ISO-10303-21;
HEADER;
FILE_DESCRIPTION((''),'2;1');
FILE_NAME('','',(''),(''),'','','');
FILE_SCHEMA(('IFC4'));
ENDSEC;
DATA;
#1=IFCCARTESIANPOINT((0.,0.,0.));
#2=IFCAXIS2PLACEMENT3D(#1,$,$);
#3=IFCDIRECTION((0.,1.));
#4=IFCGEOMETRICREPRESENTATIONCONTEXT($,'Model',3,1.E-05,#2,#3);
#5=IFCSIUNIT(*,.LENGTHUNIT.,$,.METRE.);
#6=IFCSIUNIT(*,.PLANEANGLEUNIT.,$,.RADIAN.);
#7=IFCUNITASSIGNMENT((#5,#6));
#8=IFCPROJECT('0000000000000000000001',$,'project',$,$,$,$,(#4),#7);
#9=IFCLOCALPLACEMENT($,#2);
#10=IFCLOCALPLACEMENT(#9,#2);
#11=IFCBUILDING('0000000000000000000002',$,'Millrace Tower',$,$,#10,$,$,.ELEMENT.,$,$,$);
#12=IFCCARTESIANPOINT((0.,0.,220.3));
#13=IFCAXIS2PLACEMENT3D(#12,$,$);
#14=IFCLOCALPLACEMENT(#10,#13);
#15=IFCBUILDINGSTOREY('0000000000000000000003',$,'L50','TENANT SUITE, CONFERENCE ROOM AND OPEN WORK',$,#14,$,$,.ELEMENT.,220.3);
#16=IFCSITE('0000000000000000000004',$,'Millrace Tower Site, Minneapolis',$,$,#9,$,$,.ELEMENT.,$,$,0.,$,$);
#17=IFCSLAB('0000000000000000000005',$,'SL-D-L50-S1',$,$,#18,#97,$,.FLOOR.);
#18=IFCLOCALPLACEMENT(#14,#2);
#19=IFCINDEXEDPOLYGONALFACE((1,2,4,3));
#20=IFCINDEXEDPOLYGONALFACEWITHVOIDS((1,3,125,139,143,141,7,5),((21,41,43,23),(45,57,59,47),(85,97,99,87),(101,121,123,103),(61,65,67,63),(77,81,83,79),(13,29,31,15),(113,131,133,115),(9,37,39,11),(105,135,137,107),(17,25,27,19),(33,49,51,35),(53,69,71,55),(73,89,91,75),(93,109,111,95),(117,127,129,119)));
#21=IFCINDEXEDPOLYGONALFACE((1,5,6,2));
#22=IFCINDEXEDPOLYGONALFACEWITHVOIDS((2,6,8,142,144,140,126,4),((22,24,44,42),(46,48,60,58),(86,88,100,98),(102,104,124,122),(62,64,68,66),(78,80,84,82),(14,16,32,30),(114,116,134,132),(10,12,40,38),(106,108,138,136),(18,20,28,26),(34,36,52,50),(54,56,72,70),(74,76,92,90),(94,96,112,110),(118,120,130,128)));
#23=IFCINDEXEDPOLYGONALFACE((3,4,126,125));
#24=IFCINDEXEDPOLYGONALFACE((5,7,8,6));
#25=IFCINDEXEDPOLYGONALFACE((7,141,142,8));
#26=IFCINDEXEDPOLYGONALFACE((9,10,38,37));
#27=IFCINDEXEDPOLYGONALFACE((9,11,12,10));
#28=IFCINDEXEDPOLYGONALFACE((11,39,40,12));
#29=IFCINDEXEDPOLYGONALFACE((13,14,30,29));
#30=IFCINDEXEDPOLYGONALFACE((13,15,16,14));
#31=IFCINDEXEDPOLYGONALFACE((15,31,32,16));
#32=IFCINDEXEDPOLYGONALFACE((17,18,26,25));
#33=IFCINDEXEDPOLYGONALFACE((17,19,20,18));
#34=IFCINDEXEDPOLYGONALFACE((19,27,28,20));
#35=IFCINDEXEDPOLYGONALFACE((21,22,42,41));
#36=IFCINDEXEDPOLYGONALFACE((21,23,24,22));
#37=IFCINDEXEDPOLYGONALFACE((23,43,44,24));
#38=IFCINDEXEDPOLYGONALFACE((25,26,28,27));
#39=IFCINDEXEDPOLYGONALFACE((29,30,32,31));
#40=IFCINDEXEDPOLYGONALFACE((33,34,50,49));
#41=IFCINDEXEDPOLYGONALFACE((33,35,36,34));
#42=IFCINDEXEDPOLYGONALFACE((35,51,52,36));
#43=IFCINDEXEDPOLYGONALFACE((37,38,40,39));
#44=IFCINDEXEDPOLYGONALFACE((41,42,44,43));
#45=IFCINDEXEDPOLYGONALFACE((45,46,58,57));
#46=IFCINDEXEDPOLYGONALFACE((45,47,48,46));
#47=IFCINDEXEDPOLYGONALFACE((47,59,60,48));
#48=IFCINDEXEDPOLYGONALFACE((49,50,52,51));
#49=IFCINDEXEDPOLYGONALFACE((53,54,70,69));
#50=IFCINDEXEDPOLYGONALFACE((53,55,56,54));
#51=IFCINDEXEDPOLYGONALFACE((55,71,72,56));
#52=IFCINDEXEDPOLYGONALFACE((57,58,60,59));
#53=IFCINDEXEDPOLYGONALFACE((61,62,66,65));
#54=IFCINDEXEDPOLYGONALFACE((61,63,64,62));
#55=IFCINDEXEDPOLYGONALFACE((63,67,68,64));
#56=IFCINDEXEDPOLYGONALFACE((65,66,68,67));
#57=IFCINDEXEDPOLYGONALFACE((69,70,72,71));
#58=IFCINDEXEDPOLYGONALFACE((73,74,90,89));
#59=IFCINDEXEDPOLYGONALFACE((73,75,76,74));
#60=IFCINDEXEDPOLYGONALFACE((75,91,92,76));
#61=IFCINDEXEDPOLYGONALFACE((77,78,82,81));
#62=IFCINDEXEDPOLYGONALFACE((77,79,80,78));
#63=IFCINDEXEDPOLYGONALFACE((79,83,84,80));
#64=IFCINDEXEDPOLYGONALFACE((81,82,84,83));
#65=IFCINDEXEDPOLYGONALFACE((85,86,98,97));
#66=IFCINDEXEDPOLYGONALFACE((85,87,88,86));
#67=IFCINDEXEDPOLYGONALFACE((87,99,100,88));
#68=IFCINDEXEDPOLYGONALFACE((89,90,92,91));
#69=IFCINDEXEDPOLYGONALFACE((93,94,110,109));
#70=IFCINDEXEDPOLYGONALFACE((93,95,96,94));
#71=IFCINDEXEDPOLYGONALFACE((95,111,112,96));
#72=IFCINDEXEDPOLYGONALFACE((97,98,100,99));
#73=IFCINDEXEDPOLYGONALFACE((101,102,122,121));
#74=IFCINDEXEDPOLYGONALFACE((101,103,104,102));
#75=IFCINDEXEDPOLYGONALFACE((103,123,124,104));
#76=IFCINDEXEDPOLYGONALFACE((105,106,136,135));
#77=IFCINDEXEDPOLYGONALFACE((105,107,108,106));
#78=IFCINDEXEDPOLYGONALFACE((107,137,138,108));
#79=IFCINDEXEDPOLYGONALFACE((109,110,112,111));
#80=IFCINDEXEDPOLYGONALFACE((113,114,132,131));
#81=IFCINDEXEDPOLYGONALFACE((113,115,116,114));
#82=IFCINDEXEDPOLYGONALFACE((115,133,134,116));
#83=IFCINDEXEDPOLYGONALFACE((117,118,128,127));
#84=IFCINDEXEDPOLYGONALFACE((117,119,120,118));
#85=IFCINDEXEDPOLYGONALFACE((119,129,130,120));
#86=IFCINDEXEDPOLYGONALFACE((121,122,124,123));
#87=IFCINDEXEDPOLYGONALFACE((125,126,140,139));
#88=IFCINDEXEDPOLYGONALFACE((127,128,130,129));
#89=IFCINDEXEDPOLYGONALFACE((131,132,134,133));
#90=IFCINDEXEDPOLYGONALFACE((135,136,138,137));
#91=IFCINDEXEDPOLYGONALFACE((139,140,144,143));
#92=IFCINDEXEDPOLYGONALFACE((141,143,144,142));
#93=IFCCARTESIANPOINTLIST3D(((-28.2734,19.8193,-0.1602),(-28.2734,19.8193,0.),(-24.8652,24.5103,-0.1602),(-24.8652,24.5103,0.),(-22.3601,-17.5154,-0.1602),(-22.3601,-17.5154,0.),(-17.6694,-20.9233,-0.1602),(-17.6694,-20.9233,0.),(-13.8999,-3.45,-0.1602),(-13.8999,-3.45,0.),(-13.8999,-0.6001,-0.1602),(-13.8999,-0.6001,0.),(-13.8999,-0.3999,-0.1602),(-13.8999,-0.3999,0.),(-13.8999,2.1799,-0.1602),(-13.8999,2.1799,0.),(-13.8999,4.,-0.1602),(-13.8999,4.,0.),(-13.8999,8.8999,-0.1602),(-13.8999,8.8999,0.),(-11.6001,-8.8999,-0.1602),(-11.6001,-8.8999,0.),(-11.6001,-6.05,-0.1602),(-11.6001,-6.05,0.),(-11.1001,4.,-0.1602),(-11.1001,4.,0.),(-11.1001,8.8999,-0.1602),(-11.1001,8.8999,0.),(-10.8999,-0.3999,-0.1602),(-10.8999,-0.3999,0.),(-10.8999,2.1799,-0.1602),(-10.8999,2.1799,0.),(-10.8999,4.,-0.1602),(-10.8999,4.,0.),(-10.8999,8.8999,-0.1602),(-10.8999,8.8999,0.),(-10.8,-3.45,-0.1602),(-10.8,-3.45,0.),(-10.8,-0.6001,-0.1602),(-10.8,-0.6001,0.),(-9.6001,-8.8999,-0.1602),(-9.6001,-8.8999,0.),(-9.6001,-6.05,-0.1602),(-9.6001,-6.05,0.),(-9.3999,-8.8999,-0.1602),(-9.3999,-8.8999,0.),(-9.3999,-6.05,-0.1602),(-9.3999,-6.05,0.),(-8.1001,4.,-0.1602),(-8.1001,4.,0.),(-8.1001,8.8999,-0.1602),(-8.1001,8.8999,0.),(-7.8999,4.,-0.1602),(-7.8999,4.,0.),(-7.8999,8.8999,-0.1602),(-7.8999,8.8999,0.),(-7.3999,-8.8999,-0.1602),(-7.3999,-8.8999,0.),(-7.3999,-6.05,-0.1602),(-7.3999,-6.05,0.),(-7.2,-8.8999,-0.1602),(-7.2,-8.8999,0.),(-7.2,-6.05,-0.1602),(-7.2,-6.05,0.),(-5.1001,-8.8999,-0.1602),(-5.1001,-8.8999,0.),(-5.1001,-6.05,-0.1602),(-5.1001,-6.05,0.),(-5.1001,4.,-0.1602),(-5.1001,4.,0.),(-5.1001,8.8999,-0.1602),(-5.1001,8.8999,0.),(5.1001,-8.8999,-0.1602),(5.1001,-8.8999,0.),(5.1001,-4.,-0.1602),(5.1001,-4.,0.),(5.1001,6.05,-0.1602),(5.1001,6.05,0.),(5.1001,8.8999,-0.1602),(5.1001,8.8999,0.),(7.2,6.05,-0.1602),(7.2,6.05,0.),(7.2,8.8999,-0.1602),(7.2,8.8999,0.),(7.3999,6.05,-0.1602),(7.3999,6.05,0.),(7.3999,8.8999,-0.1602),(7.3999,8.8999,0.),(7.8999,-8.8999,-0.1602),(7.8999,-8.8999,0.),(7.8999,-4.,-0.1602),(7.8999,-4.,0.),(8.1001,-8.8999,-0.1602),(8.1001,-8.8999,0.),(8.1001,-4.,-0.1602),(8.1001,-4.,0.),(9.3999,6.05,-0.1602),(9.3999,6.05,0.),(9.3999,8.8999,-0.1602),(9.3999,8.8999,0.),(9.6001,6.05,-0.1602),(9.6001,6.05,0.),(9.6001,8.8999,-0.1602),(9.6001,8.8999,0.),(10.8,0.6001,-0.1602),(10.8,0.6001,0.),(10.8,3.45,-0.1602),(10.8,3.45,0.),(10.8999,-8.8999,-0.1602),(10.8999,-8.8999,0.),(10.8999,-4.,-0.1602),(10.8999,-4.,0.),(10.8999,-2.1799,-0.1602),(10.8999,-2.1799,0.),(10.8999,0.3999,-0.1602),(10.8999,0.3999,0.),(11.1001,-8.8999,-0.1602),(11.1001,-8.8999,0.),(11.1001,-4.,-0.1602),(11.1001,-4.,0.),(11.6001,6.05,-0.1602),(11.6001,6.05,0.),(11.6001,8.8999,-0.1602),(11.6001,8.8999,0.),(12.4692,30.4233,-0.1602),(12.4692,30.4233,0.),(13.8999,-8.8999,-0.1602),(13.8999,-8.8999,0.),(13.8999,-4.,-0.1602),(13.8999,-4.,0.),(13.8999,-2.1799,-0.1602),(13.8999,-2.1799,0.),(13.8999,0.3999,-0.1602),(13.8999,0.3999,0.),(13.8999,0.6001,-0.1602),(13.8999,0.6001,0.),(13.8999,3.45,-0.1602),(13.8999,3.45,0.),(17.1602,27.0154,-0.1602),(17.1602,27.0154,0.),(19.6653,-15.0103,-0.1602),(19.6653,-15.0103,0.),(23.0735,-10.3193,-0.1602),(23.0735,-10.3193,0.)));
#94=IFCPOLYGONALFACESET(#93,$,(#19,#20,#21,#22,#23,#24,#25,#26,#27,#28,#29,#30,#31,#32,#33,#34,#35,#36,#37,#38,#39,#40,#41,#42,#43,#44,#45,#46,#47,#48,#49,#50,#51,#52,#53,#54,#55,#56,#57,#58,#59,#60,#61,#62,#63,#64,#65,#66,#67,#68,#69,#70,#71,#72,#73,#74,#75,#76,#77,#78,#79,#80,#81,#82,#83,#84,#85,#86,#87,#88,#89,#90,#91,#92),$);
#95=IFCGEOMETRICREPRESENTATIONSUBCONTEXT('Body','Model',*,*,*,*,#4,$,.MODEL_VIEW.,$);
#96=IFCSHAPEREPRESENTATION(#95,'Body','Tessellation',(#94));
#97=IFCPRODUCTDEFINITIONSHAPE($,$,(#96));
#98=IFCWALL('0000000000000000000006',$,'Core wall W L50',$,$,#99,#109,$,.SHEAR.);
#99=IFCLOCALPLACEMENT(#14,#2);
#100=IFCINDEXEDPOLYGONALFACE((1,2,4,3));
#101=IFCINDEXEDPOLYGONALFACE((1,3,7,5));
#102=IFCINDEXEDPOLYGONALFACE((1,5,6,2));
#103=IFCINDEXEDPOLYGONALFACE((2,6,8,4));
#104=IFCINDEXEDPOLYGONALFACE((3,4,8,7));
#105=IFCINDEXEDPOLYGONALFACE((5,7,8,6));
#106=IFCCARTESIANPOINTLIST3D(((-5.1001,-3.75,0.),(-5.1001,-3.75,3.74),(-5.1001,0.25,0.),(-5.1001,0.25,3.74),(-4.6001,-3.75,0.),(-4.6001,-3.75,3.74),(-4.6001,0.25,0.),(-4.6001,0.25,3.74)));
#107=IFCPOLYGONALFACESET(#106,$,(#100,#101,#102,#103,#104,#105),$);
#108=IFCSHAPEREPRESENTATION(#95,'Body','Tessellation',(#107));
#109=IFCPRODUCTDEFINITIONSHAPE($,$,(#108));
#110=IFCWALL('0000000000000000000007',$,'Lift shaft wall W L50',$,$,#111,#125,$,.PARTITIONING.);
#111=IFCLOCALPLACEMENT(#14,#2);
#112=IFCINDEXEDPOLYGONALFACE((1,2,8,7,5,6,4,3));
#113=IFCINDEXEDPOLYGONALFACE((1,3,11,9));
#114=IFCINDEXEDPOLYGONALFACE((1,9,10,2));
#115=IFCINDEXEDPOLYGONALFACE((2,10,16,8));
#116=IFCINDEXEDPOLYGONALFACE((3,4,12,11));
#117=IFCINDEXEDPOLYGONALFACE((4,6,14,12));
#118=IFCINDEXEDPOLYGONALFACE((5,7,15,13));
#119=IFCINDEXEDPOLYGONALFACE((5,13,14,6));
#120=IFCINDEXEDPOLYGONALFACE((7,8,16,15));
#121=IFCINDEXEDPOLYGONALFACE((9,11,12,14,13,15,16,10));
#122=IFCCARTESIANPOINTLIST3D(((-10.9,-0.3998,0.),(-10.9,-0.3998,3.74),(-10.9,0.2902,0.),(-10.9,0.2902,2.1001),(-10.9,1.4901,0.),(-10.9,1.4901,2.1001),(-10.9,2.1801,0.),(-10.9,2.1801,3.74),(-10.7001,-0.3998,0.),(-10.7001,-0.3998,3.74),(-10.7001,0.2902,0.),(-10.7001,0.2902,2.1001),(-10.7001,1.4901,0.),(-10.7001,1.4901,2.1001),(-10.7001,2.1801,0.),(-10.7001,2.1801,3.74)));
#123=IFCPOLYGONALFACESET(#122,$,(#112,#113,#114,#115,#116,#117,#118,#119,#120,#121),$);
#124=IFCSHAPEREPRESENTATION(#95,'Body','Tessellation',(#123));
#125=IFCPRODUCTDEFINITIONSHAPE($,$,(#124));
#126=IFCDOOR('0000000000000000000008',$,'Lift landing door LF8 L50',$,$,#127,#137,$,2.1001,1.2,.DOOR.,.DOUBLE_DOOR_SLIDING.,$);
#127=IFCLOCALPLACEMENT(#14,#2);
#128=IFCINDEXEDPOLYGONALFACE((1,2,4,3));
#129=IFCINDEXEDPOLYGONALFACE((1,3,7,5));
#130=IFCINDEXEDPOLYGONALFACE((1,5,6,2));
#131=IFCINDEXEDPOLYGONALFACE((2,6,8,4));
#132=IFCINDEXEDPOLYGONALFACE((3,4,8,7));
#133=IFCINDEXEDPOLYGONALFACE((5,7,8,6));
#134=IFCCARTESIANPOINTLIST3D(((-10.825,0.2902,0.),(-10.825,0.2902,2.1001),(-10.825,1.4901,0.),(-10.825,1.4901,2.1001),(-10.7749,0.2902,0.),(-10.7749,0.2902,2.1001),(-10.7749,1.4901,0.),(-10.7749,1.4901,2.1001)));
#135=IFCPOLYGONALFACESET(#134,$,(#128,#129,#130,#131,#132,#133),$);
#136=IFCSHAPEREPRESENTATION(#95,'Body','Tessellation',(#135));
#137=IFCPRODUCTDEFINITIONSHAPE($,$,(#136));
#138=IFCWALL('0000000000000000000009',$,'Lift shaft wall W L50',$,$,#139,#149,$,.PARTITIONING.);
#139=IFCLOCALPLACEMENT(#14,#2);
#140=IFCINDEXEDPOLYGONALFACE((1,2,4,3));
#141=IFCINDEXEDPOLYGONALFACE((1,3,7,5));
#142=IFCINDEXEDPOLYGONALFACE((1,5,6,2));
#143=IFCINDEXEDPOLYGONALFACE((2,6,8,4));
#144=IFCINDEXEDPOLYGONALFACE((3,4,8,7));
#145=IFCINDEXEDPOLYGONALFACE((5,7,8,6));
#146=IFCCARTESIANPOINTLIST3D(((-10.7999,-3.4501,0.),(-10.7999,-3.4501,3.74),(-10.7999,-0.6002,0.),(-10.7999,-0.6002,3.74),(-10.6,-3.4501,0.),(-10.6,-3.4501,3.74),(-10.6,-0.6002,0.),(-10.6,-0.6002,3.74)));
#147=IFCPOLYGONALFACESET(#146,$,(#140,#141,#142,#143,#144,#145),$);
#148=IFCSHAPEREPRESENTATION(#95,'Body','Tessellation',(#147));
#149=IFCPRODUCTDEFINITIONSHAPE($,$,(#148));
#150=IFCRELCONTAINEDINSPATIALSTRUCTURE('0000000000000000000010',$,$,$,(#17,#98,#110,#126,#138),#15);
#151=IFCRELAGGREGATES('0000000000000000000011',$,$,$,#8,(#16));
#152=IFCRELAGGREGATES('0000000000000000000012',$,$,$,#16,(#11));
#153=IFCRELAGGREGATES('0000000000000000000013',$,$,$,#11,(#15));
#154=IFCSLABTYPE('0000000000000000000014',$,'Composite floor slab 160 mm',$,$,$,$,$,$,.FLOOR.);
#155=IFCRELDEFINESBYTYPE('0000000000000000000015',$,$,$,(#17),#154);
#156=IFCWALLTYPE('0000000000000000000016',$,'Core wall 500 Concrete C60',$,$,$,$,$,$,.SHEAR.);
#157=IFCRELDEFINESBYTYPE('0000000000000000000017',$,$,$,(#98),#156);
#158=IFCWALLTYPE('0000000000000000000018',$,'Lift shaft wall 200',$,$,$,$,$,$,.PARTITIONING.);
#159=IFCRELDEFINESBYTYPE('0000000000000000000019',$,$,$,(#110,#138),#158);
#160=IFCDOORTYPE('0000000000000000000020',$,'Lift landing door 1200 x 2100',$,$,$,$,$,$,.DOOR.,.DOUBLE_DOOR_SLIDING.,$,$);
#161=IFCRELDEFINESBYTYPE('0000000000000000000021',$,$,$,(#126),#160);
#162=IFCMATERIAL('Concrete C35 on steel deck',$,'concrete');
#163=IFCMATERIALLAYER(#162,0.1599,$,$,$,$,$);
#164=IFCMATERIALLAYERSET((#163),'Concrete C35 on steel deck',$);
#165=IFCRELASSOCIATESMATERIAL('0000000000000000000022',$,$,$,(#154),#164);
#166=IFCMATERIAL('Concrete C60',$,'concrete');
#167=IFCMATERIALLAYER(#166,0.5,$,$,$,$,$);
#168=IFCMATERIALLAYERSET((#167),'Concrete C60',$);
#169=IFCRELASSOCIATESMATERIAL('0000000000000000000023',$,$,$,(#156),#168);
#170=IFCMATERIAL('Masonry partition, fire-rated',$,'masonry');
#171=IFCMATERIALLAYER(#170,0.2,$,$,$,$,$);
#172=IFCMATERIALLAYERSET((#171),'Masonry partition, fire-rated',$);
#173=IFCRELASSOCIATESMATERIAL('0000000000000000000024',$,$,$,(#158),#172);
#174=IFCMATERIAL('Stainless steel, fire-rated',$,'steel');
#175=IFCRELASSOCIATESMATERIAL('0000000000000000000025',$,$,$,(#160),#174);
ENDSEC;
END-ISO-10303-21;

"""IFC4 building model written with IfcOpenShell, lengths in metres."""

from ifc_helpers import new_model, si_unit, direction, frame, frame_2d, origin, place, context, subcontext, project, spatial, polyline, rectangle, outline, extrude, material, layer, layer_set, type_object, element, fill, save


model = new_model("IFC4")

# Units and contexts
model_context = context("Model", 3, precision=1e-05, world=origin(), true_north=direction((0.0, 1.0)))
body_context = subcontext(model_context, "Body", "Model", "MODEL_VIEW")
ifc_project = project(units=[si_unit("LENGTHUNIT", "METRE"), si_unit("PLANEANGLEUNIT", "RADIAN")], contexts=[model_context])

# Site, building, storey
site_placement = place(None, origin())
site = spatial("IfcSite", under=ifc_project, at=site_placement, Name="Millrace Tower Site, Minneapolis", CompositionType="ELEMENT", RefElevation=0.0)
building_placement = place(site_placement, origin())
building = spatial("IfcBuilding", under=site, at=building_placement, Name="Millrace Tower", CompositionType="ELEMENT")
storey_placement = place(building_placement, frame((0.0, 0.0, 220.3)))
storey = spatial("IfcBuildingStorey", under=building, at=storey_placement, Name="L50", Description="TENANT SUITE, CONFERENCE ROOM AND OPEN WORK", CompositionType="ELEMENT", Elevation=220.3)

# Slab
ifc_material_1 = material(Name="Concrete C35 on steel deck", Category="concrete")
ifc_layer_1 = layer(ifc_material_1, 0.1599)
ifc_layer_set_1 = layer_set([ifc_layer_1], Name="Concrete C35 on steel deck")
slab_type = type_object("IfcSlabType", Name="Composite floor slab 160 mm", PredefinedType="FLOOR", material=ifc_layer_set_1)
slab_placement = place(storey_placement, frame((0.0, 0.0, -0.1602)))
element("IfcSlab", 1, at=slab_placement, inside=storey, type_object=slab_type, Name="SL-D-L50-S1", PredefinedType="FLOOR", context=body_context, shape_type="SweptSolid", body=[
    extrude(outline(polyline([(-22.3601, -17.5154), (-17.6694, -20.9233), (19.6653, -15.0103), (23.0735, -10.3193), (17.1602, 27.0154), (12.4692, 30.4233), (-24.8652, 24.5103), (-28.2734, 19.8193), (-22.3601, -17.5154)]), holes=[polyline([(-11.6001, -8.8999), (-9.6001, -8.8999), (-9.6001, -6.05), (-11.6001, -6.05), (-11.6001, -8.8999)]), polyline([(-9.3999, -8.8999), (-7.3999, -8.8999), (-7.3999, -6.05), (-9.3999, -6.05), (-9.3999, -8.8999)]), polyline([(-7.2, -8.8999), (-5.1001, -8.8999), (-5.1001, -6.05), (-7.2, -6.05), (-7.2, -8.8999)]), polyline([(-13.8999, -3.45), (-10.8, -3.45), (-10.8, -0.6001), (-13.8999, -0.6001), (-13.8999, -3.45)]), polyline([(-13.8999, -0.3999), (-10.8999, -0.3999), (-10.8999, 2.1799), (-13.8999, 2.1799), (-13.8999, -0.3999)]), polyline([(-13.8999, 4.0), (-11.1001, 4.0), (-11.1001, 8.8999), (-13.8999, 8.8999), (-13.8999, 4.0)]), polyline([(-10.8999, 4.0), (-8.1001, 4.0), (-8.1001, 8.8999), (-10.8999, 8.8999), (-10.8999, 4.0)]), polyline([(-7.8999, 4.0), (-5.1001, 4.0), (-5.1001, 8.8999), (-7.8999, 8.8999), (-7.8999, 4.0)]), polyline([(9.6001, 6.05), (11.6001, 6.05), (11.6001, 8.8999), (9.6001, 8.8999), (9.6001, 6.05)]), polyline([(7.3999, 6.05), (9.3999, 6.05), (9.3999, 8.8999), (7.3999, 8.8999), (7.3999, 6.05)]), polyline([(5.1001, 6.05), (7.2, 6.05), (7.2, 8.8999), (5.1001, 8.8999), (5.1001, 6.05)]), polyline([(10.8, 0.6001), (13.8999, 0.6001), (13.8999, 3.45), (10.8, 3.45), (10.8, 0.6001)]), polyline([(10.8999, -2.1799), (13.8999, -2.1799), (13.8999, 0.3999), (10.8999, 0.3999), (10.8999, -2.1799)]), polyline([(11.1001, -8.8999), (13.8999, -8.8999), (13.8999, -4.0), (11.1001, -4.0), (11.1001, -8.8999)]), polyline([(8.1001, -8.8999), (10.8999, -8.8999), (10.8999, -4.0), (8.1001, -4.0), (8.1001, -8.8999)]), polyline([(5.1001, -8.8999), (7.8999, -8.8999), (7.8999, -4.0), (5.1001, -4.0), (5.1001, -8.8999)])]), origin(), (0.0, 0.0, 1.0), 0.1602),
])

# Wall
ifc_material_2 = material(Name="Concrete C60", Category="concrete")
ifc_layer_2 = layer(ifc_material_2, 0.5)
ifc_layer_set_2 = layer_set([ifc_layer_2], Name="Concrete C60")
wall_type_1 = type_object("IfcWallType", Name="Core wall 500 Concrete C60", PredefinedType="SHEAR", material=ifc_layer_set_2)
wall_1_placement = place(storey_placement, frame((-4.8501, -3.75, 0.0), z_axis=(0.0, 0.0, 1.0), x_axis=(0.0, 1.0, 0.0)))
element("IfcWall", 2, at=wall_1_placement, inside=storey, type_object=wall_type_1, Name="Core wall W L50", PredefinedType="SHEAR", context=body_context, shape_type="SweptSolid", body=[
    extrude(rectangle(XDim=4.0, YDim=0.5, at=frame_2d((2.0, 0.0))), origin(), (0.0, 0.0, 1.0), 3.74),
])

# Wall, opening, door
ifc_material_3 = material(Name="Masonry partition, fire-rated", Category="masonry")
ifc_layer_3 = layer(ifc_material_3, 0.2)
ifc_layer_set_3 = layer_set([ifc_layer_3], Name="Masonry partition, fire-rated")
wall_type_2 = type_object("IfcWallType", Name="Lift shaft wall 200", PredefinedType="PARTITIONING", material=ifc_layer_set_3)
wall_2_placement = place(storey_placement, frame((-10.8, -0.3999, 0.0), z_axis=(0.0, 0.0, 1.0), x_axis=(0.0, 1.0, 0.0)))
wall_2 = element("IfcWall", 3, at=wall_2_placement, inside=storey, type_object=wall_type_2, Name="Lift shaft wall W L50", PredefinedType="PARTITIONING", context=body_context, shape_type="SweptSolid", body=[
    extrude(rectangle(XDim=2.5798, YDim=0.2, at=frame_2d((1.29, 0.0))), origin(), (0.0, 0.0, 1.0), 3.74),
])
opening_1_placement = place(wall_2_placement, frame((0.6899, 0.0, 0.0)))
opening_1 = element("IfcOpeningElement", 4, at=opening_1_placement, cuts=wall_2, PredefinedType="OPENING", context=body_context, shape_type="SweptSolid", body=[
    extrude(rectangle(XDim=1.2, YDim=2.1001, at=frame_2d((0.6001, 1.05))), frame((0.0, 0.1099, 0.0), z_axis=(0.0, -1.0, 0.0), x_axis=(1.0, 0.0, 0.0)), (0.0, 0.0, 1.0), 0.22),
])
ifc_material_4 = material(Name="Stainless steel, fire-rated", Category="steel")
door_type_1 = type_object("IfcDoorType", Name="Lift landing door 1200 x 2100", OperationType="DOUBLE_DOOR_SLIDING", PredefinedType="DOOR", material=ifc_material_4)
door_1_placement = place(opening_1_placement, origin())
door_1 = element("IfcDoor", 5, at=door_1_placement, inside=storey, type_object=door_type_1, Name="Lift landing door LF8 L50", OperationType="DOUBLE_DOOR_SLIDING", OverallHeight=2.1001, OverallWidth=1.2, PredefinedType="DOOR", context=body_context, shape_type="SweptSolid", body=[
    extrude(rectangle(XDim=1.2, YDim=2.1001, at=frame_2d((0.6001, 1.05))), frame((0.0, 0.0249, 0.0), z_axis=(0.0, -1.0, 0.0), x_axis=(1.0, 0.0, 0.0)), (0.0, 0.0, 1.0), 0.05),
])
fill(opening_1, door_1)

# Wall
wall_3_placement = place(storey_placement, frame((-10.7, -3.45, 0.0), z_axis=(0.0, 0.0, 1.0), x_axis=(0.0, 1.0, 0.0)))
element("IfcWall", 6, at=wall_3_placement, inside=storey, type_object=wall_type_2, Name="Lift shaft wall W L50", PredefinedType="PARTITIONING", context=body_context, shape_type="SweptSolid", body=[
    extrude(rectangle(XDim=2.8499, YDim=0.2, at=frame_2d((1.4248, 0.0))), origin(), (0.0, 0.0, 1.0), 3.74),
])

save(model, "model.ifc")
